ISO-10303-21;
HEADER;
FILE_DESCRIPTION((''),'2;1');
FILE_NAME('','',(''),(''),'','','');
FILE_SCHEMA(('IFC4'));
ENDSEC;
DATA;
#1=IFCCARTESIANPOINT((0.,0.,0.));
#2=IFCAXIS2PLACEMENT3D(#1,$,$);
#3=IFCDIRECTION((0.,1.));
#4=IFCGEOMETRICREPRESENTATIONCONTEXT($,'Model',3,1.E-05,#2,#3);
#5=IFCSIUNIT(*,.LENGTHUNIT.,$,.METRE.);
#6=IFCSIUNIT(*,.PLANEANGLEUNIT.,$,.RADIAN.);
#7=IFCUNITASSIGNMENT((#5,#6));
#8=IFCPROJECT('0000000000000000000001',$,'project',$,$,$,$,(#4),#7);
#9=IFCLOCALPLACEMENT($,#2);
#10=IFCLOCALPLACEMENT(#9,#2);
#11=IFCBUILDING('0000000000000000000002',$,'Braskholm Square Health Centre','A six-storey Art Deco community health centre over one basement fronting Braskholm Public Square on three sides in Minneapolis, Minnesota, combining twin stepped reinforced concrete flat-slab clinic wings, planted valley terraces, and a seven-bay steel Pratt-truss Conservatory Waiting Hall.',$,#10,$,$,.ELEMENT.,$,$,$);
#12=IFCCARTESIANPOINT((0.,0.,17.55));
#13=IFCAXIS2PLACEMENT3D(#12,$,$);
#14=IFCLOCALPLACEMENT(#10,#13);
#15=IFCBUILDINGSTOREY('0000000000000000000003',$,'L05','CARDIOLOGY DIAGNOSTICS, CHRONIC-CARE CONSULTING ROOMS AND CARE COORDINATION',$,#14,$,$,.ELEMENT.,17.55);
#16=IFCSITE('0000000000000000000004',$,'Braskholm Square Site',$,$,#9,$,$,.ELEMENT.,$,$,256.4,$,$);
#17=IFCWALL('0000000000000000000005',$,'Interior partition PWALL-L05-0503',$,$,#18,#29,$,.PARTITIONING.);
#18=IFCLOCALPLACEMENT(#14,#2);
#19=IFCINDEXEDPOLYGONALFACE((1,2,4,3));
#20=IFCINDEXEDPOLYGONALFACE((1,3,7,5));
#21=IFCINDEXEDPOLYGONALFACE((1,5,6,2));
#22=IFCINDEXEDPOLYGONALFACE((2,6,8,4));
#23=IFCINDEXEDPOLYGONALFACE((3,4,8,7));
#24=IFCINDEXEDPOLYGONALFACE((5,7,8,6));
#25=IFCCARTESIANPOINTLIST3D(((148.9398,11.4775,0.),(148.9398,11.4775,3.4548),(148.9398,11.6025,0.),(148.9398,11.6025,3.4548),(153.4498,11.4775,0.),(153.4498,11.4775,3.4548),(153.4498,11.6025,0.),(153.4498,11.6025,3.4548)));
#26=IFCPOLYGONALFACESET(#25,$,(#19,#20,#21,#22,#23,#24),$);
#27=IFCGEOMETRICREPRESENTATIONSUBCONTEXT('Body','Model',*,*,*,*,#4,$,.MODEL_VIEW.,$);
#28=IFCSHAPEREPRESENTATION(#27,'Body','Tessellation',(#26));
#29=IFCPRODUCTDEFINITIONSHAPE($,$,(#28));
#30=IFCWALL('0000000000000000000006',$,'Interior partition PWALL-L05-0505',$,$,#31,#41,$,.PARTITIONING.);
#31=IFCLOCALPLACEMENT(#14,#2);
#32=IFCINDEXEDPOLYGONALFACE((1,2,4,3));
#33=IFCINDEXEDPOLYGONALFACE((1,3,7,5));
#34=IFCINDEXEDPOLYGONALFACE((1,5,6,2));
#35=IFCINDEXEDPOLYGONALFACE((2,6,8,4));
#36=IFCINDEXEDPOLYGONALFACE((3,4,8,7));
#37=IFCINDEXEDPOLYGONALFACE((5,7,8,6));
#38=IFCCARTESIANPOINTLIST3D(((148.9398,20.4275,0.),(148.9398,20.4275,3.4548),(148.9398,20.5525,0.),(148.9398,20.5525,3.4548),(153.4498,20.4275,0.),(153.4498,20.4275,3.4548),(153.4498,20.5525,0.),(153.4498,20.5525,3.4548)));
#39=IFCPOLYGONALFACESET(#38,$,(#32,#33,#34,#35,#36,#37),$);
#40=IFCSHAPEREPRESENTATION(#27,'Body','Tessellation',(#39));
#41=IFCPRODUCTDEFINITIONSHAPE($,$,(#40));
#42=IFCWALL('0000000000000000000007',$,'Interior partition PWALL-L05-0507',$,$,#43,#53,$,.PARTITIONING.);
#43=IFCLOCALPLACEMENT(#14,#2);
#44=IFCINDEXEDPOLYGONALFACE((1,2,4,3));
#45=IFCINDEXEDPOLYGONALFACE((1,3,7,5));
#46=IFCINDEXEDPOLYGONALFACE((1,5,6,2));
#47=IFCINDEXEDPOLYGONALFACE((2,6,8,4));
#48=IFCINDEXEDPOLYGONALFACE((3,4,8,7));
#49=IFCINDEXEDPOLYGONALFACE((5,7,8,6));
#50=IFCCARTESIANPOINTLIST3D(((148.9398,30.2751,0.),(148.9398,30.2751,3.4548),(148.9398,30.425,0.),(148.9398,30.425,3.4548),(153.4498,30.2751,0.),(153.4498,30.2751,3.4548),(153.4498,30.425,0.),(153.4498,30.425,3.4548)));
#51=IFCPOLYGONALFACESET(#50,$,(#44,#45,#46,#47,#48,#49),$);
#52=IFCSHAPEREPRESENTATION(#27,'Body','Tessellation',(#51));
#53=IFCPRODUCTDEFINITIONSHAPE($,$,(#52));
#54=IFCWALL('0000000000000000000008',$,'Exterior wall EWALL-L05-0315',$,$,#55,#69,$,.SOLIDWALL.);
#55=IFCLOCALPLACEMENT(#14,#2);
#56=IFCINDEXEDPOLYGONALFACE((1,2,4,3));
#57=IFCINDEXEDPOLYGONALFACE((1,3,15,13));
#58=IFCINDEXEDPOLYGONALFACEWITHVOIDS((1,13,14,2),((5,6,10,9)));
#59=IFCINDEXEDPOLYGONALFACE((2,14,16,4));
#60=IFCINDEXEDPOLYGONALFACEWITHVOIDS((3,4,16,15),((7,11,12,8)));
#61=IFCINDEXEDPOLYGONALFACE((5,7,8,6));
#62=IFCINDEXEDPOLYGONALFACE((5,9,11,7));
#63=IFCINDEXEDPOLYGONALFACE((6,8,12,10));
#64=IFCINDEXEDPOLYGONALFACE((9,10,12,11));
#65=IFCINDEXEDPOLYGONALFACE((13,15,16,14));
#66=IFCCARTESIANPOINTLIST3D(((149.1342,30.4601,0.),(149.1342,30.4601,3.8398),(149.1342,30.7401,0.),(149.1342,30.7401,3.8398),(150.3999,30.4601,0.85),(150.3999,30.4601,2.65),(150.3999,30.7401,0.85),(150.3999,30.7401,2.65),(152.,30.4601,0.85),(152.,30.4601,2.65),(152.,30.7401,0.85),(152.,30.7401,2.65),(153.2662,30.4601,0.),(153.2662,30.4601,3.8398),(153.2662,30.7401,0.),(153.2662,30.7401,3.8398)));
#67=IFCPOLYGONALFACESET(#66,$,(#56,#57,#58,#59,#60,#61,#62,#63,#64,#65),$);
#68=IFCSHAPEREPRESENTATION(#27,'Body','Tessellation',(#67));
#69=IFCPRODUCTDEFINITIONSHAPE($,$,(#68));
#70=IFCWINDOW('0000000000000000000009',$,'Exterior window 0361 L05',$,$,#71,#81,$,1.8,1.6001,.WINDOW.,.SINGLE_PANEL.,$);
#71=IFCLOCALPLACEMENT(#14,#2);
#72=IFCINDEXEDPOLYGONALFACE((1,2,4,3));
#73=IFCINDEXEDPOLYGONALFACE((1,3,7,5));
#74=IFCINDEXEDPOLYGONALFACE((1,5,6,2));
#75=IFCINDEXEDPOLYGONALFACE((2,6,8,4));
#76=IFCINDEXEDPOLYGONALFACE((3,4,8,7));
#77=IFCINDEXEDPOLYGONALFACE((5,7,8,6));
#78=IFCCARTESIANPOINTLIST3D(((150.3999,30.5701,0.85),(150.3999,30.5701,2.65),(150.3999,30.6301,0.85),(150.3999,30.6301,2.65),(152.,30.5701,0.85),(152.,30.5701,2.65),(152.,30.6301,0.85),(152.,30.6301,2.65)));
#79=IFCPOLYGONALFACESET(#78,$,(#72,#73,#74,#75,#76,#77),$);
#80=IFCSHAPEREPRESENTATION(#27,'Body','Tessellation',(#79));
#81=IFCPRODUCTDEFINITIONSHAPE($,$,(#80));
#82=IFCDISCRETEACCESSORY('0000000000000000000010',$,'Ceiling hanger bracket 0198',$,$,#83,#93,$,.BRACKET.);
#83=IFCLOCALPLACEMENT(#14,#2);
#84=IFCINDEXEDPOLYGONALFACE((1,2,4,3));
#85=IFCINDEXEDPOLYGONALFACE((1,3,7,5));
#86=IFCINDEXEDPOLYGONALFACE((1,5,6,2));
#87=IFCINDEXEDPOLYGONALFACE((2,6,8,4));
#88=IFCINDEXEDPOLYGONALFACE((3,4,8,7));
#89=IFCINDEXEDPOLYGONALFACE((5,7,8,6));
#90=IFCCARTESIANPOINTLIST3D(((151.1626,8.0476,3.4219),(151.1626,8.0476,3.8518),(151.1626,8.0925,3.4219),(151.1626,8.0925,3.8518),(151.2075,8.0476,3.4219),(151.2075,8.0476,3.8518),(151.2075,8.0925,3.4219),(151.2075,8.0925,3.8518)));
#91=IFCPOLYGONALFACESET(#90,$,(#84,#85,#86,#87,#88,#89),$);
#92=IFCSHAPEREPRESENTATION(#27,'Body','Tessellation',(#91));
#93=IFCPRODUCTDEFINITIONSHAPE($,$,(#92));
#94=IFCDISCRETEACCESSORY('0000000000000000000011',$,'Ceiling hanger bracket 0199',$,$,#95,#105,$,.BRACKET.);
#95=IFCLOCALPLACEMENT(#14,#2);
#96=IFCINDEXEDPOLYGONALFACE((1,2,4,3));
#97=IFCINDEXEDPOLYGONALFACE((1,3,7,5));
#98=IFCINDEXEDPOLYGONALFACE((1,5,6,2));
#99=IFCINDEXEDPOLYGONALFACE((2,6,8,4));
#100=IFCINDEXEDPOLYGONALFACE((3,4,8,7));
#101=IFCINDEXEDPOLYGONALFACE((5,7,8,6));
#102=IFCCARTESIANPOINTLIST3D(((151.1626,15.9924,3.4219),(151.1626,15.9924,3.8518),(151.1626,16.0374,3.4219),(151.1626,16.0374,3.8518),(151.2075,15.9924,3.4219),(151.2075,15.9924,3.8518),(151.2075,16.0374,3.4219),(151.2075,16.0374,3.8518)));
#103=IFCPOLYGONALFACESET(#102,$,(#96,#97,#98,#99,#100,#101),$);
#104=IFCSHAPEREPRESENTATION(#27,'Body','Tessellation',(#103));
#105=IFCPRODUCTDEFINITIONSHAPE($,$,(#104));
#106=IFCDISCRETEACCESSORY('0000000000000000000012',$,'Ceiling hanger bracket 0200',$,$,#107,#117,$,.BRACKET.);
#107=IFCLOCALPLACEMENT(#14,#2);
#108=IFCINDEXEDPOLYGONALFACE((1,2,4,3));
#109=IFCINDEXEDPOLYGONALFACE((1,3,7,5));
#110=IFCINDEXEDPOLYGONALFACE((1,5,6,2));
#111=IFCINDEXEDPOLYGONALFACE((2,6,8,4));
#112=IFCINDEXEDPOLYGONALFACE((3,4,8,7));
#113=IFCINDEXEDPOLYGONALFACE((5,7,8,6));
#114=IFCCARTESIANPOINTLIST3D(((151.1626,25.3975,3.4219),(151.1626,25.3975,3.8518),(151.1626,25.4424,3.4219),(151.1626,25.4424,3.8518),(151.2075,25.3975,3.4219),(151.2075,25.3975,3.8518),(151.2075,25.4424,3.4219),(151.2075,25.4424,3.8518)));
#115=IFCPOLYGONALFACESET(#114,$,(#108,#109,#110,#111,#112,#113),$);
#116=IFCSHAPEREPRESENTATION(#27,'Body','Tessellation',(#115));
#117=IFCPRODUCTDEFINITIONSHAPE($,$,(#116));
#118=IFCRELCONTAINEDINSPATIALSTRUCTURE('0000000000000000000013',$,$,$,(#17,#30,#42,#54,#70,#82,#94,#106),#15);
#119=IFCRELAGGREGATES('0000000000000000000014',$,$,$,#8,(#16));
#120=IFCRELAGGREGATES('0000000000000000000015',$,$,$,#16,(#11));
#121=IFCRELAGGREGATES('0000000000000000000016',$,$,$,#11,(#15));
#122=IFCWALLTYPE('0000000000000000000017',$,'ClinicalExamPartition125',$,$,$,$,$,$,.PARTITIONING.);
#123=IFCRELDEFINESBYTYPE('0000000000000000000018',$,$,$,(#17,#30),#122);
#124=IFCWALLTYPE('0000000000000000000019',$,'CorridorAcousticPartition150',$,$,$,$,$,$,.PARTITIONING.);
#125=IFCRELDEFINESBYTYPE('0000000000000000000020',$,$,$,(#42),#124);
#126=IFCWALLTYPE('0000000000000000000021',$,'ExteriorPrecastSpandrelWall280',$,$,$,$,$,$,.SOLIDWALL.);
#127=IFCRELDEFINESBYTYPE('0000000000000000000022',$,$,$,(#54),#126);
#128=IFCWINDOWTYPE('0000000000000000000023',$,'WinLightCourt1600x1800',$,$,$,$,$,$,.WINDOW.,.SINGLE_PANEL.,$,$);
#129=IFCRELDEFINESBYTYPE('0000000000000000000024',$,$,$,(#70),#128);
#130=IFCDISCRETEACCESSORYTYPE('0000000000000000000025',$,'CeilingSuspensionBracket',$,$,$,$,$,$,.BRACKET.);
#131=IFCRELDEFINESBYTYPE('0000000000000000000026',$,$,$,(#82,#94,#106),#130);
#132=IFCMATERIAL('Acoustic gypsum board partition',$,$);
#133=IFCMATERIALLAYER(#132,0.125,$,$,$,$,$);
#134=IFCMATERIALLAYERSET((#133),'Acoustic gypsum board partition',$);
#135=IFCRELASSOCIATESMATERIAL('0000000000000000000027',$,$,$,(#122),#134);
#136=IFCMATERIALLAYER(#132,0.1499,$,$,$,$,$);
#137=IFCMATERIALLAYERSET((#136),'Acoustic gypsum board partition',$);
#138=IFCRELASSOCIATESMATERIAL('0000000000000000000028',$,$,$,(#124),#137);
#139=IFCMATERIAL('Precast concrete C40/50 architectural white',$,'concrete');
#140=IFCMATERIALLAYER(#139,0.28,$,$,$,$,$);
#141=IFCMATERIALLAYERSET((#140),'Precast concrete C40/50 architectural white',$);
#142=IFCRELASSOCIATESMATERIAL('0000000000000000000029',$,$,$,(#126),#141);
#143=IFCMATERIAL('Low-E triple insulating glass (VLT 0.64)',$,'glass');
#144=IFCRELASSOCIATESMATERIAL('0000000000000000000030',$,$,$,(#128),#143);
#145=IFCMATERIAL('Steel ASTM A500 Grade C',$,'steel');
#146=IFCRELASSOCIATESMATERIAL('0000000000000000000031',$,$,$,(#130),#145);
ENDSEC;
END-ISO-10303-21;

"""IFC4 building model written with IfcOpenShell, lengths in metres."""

from ifc_helpers import new_model, si_unit, direction, frame, frame_2d, origin, origin_with_axes, origin_2d, place, context, subcontext, project, spatial, rectangle, extrude, material, layer, layer_set, type_object, element, fill, save


model = new_model("IFC4")

# Units and contexts
model_context = context("Model", 3, precision=1e-05, world=origin(), true_north=direction((0.0, 1.0)))
body_context = subcontext(model_context, "Body", "Model", "MODEL_VIEW")
ifc_project = project(units=[si_unit("LENGTHUNIT", "METRE"), si_unit("PLANEANGLEUNIT", "RADIAN")], contexts=[model_context])

# Site, building, storey
site_placement = place(None, origin())
site = spatial("IfcSite", under=ifc_project, at=site_placement, Name="Braskholm Square Site", CompositionType="ELEMENT", RefElevation=256.4)
building_placement = place(site_placement, origin())
building = spatial("IfcBuilding", under=site, at=building_placement, Name="Braskholm Square Health Centre", Description="A six-storey Art Deco community health centre over one basement fronting Braskholm Public Square on three sides in Minneapolis, Minnesota, combining twin stepped reinforced concrete flat-slab clinic wings, planted valley terraces, and a seven-bay steel Pratt-truss Conservatory Waiting Hall.", CompositionType="ELEMENT")
storey_placement = place(building_placement, frame((0.0, 0.0, 17.55)))
storey = spatial("IfcBuildingStorey", under=building, at=storey_placement, Name="L05", Description="CARDIOLOGY DIAGNOSTICS, CHRONIC-CARE CONSULTING ROOMS AND CARE COORDINATION", CompositionType="ELEMENT", Elevation=17.55)

# Shared definitions
ifc_material_1 = material(Name="Low-E triple insulating glass (VLT 0.64)", Category="glass")

# Shared definitions
ifc_material_2 = material(Name="Precast concrete C40/50 architectural white", Category="concrete")

# Walls
ifc_material_3 = material(Name="Acoustic gypsum board partition")
ifc_layer_1 = layer(ifc_material_3, 0.125)
ifc_layer_set_1 = layer_set([ifc_layer_1], Name="Acoustic gypsum board partition")
wall_type_1 = type_object("IfcWallType", Name="ClinicalExamPartition125", PredefinedType="PARTITIONING", material=ifc_layer_set_1)
for number, where, z_axis, x_axis, name in (
    (1, (148.9399, 11.54, 0.0), (0.0, 0.0, 1.0), (1.0, 0.0, 0.0), "Interior partition PWALL-L05-0503"),
    (2, (148.9399, 20.49, 0.0), (0.0, 0.0, 1.0), (1.0, 0.0, 0.0), "Interior partition PWALL-L05-0505"),
):
    element("IfcWall", number, at=place(storey_placement, frame(where, z_axis=z_axis, x_axis=x_axis)), inside=storey, type_object=wall_type_1, Name=name, PredefinedType="PARTITIONING", context=body_context, shape_type="SweptSolid", body=[
        extrude(rectangle(XDim=4.51, YDim=0.125, at=frame_2d((2.2549, 0.0))), origin(), (0.0, 0.0, 1.0), 3.4548),
    ])
ifc_layer_2 = layer(ifc_material_3, 0.1499)
ifc_layer_set_2 = layer_set([ifc_layer_2], Name="Acoustic gypsum board partition")
wall_type_2 = type_object("IfcWallType", Name="CorridorAcousticPartition150", PredefinedType="PARTITIONING", material=ifc_layer_set_2)
wall_1_placement = place(storey_placement, frame((148.9399, 30.3501, 0.0), z_axis=(0.0, 0.0, 1.0), x_axis=(1.0, 0.0, 0.0)))
element("IfcWall", 3, at=wall_1_placement, inside=storey, type_object=wall_type_2, Name="Interior partition PWALL-L05-0507", PredefinedType="PARTITIONING", context=body_context, shape_type="SweptSolid", body=[
    extrude(rectangle(XDim=4.51, YDim=0.1499, at=frame_2d((2.2549, 0.0))), origin(), (0.0, 0.0, 1.0), 3.4548),
])

# Wall, opening, window
ifc_layer_3 = layer(ifc_material_2, 0.28)
ifc_layer_set_3 = layer_set([ifc_layer_3], Name="Precast concrete C40/50 architectural white")
wall_type_3 = type_object("IfcWallType", Name="ExteriorPrecastSpandrelWall280", PredefinedType="SOLIDWALL", material=ifc_layer_set_3)
wall_2_placement = place(storey_placement, frame((153.2661, 30.6001, 0.0), z_axis=(0.0, 0.0, 1.0), x_axis=(-1.0, 0.0, 0.0)))
wall_2 = element("IfcWall", 4, at=wall_2_placement, inside=storey, type_object=wall_type_3, Name="Exterior wall EWALL-L05-0315", PredefinedType="SOLIDWALL", context=body_context, shape_type="SweptSolid", body=[
    extrude(rectangle(XDim=4.1321, YDim=0.28, at=frame_2d((2.0659, 0.0))), origin(), (0.0, 0.0, 1.0), 3.8398),
])
opening_placement = place(wall_2_placement, frame((1.2661, 0.0, 0.8501)))
opening = element("IfcOpeningElement", 5, at=opening_placement, cuts=wall_2, PredefinedType="OPENING", context=body_context, shape_type="SweptSolid", body=[
    extrude(rectangle(XDim=1.6001, YDim=1.8, at=frame_2d((0.8, 0.8999))), frame((0.0, 0.1499, 0.0), z_axis=(0.0, -1.0, 0.0), x_axis=(1.0, 0.0, 0.0)), (0.0, 0.0, 1.0), 0.3),
])
window_type = type_object("IfcWindowType", Name="WinLightCourt1600x1800", PartitioningType="SINGLE_PANEL", PredefinedType="WINDOW", material=ifc_material_1)
window_placement = place(opening_placement, origin_with_axes())
window = element("IfcWindow", 6, at=window_placement, inside=storey, type_object=window_type, Name="Exterior window 0361 L05", OverallHeight=1.8, OverallWidth=1.6001, PartitioningType="SINGLE_PANEL", PredefinedType="WINDOW", context=body_context, shape_type="SweptSolid", body=[
    extrude(rectangle(XDim=1.6001, YDim=1.8, at=frame_2d((0.8, 0.8999))), frame((0.0, 0.03, 0.0), z_axis=(0.0, -1.0, 0.0), x_axis=(1.0, 0.0, 0.0)), (0.0, 0.0, 1.0), 0.0601),
])
fill(opening, window)

# Discrete accessories
ifc_material_4 = material(Name="Steel ASTM A500 Grade C", Category="steel")
discrete_accessory_type = type_object("IfcDiscreteAccessoryType", Name="CeilingSuspensionBracket", PredefinedType="BRACKET", material=ifc_material_4)
for number, where, z_axis, x_axis, name in (
    (7, (151.1851, 8.0701, 3.4219), (0.0, 0.0, 1.0), (1.0, 0.0, 0.0), "Ceiling hanger bracket 0198"),
    (8, (151.1851, 16.0149, 3.4219), (0.0, 0.0, 1.0), (1.0, 0.0, 0.0), "Ceiling hanger bracket 0199"),
    (9, (151.1851, 25.4199, 3.4219), (0.0, 0.0, 1.0), (1.0, 0.0, 0.0), "Ceiling hanger bracket 0200"),
):
    element("IfcDiscreteAccessory", number, at=place(storey_placement, frame(where, z_axis=z_axis, x_axis=x_axis)), inside=storey, type_object=discrete_accessory_type, Name=name, PredefinedType="BRACKET", context=body_context, shape_type="SweptSolid", body=[
        extrude(rectangle(XDim=0.0449, YDim=0.0449, at=origin_2d()), origin(), (0.0, 0.0, 1.0), 0.4299),
    ])

save(model, "model.ifc")
